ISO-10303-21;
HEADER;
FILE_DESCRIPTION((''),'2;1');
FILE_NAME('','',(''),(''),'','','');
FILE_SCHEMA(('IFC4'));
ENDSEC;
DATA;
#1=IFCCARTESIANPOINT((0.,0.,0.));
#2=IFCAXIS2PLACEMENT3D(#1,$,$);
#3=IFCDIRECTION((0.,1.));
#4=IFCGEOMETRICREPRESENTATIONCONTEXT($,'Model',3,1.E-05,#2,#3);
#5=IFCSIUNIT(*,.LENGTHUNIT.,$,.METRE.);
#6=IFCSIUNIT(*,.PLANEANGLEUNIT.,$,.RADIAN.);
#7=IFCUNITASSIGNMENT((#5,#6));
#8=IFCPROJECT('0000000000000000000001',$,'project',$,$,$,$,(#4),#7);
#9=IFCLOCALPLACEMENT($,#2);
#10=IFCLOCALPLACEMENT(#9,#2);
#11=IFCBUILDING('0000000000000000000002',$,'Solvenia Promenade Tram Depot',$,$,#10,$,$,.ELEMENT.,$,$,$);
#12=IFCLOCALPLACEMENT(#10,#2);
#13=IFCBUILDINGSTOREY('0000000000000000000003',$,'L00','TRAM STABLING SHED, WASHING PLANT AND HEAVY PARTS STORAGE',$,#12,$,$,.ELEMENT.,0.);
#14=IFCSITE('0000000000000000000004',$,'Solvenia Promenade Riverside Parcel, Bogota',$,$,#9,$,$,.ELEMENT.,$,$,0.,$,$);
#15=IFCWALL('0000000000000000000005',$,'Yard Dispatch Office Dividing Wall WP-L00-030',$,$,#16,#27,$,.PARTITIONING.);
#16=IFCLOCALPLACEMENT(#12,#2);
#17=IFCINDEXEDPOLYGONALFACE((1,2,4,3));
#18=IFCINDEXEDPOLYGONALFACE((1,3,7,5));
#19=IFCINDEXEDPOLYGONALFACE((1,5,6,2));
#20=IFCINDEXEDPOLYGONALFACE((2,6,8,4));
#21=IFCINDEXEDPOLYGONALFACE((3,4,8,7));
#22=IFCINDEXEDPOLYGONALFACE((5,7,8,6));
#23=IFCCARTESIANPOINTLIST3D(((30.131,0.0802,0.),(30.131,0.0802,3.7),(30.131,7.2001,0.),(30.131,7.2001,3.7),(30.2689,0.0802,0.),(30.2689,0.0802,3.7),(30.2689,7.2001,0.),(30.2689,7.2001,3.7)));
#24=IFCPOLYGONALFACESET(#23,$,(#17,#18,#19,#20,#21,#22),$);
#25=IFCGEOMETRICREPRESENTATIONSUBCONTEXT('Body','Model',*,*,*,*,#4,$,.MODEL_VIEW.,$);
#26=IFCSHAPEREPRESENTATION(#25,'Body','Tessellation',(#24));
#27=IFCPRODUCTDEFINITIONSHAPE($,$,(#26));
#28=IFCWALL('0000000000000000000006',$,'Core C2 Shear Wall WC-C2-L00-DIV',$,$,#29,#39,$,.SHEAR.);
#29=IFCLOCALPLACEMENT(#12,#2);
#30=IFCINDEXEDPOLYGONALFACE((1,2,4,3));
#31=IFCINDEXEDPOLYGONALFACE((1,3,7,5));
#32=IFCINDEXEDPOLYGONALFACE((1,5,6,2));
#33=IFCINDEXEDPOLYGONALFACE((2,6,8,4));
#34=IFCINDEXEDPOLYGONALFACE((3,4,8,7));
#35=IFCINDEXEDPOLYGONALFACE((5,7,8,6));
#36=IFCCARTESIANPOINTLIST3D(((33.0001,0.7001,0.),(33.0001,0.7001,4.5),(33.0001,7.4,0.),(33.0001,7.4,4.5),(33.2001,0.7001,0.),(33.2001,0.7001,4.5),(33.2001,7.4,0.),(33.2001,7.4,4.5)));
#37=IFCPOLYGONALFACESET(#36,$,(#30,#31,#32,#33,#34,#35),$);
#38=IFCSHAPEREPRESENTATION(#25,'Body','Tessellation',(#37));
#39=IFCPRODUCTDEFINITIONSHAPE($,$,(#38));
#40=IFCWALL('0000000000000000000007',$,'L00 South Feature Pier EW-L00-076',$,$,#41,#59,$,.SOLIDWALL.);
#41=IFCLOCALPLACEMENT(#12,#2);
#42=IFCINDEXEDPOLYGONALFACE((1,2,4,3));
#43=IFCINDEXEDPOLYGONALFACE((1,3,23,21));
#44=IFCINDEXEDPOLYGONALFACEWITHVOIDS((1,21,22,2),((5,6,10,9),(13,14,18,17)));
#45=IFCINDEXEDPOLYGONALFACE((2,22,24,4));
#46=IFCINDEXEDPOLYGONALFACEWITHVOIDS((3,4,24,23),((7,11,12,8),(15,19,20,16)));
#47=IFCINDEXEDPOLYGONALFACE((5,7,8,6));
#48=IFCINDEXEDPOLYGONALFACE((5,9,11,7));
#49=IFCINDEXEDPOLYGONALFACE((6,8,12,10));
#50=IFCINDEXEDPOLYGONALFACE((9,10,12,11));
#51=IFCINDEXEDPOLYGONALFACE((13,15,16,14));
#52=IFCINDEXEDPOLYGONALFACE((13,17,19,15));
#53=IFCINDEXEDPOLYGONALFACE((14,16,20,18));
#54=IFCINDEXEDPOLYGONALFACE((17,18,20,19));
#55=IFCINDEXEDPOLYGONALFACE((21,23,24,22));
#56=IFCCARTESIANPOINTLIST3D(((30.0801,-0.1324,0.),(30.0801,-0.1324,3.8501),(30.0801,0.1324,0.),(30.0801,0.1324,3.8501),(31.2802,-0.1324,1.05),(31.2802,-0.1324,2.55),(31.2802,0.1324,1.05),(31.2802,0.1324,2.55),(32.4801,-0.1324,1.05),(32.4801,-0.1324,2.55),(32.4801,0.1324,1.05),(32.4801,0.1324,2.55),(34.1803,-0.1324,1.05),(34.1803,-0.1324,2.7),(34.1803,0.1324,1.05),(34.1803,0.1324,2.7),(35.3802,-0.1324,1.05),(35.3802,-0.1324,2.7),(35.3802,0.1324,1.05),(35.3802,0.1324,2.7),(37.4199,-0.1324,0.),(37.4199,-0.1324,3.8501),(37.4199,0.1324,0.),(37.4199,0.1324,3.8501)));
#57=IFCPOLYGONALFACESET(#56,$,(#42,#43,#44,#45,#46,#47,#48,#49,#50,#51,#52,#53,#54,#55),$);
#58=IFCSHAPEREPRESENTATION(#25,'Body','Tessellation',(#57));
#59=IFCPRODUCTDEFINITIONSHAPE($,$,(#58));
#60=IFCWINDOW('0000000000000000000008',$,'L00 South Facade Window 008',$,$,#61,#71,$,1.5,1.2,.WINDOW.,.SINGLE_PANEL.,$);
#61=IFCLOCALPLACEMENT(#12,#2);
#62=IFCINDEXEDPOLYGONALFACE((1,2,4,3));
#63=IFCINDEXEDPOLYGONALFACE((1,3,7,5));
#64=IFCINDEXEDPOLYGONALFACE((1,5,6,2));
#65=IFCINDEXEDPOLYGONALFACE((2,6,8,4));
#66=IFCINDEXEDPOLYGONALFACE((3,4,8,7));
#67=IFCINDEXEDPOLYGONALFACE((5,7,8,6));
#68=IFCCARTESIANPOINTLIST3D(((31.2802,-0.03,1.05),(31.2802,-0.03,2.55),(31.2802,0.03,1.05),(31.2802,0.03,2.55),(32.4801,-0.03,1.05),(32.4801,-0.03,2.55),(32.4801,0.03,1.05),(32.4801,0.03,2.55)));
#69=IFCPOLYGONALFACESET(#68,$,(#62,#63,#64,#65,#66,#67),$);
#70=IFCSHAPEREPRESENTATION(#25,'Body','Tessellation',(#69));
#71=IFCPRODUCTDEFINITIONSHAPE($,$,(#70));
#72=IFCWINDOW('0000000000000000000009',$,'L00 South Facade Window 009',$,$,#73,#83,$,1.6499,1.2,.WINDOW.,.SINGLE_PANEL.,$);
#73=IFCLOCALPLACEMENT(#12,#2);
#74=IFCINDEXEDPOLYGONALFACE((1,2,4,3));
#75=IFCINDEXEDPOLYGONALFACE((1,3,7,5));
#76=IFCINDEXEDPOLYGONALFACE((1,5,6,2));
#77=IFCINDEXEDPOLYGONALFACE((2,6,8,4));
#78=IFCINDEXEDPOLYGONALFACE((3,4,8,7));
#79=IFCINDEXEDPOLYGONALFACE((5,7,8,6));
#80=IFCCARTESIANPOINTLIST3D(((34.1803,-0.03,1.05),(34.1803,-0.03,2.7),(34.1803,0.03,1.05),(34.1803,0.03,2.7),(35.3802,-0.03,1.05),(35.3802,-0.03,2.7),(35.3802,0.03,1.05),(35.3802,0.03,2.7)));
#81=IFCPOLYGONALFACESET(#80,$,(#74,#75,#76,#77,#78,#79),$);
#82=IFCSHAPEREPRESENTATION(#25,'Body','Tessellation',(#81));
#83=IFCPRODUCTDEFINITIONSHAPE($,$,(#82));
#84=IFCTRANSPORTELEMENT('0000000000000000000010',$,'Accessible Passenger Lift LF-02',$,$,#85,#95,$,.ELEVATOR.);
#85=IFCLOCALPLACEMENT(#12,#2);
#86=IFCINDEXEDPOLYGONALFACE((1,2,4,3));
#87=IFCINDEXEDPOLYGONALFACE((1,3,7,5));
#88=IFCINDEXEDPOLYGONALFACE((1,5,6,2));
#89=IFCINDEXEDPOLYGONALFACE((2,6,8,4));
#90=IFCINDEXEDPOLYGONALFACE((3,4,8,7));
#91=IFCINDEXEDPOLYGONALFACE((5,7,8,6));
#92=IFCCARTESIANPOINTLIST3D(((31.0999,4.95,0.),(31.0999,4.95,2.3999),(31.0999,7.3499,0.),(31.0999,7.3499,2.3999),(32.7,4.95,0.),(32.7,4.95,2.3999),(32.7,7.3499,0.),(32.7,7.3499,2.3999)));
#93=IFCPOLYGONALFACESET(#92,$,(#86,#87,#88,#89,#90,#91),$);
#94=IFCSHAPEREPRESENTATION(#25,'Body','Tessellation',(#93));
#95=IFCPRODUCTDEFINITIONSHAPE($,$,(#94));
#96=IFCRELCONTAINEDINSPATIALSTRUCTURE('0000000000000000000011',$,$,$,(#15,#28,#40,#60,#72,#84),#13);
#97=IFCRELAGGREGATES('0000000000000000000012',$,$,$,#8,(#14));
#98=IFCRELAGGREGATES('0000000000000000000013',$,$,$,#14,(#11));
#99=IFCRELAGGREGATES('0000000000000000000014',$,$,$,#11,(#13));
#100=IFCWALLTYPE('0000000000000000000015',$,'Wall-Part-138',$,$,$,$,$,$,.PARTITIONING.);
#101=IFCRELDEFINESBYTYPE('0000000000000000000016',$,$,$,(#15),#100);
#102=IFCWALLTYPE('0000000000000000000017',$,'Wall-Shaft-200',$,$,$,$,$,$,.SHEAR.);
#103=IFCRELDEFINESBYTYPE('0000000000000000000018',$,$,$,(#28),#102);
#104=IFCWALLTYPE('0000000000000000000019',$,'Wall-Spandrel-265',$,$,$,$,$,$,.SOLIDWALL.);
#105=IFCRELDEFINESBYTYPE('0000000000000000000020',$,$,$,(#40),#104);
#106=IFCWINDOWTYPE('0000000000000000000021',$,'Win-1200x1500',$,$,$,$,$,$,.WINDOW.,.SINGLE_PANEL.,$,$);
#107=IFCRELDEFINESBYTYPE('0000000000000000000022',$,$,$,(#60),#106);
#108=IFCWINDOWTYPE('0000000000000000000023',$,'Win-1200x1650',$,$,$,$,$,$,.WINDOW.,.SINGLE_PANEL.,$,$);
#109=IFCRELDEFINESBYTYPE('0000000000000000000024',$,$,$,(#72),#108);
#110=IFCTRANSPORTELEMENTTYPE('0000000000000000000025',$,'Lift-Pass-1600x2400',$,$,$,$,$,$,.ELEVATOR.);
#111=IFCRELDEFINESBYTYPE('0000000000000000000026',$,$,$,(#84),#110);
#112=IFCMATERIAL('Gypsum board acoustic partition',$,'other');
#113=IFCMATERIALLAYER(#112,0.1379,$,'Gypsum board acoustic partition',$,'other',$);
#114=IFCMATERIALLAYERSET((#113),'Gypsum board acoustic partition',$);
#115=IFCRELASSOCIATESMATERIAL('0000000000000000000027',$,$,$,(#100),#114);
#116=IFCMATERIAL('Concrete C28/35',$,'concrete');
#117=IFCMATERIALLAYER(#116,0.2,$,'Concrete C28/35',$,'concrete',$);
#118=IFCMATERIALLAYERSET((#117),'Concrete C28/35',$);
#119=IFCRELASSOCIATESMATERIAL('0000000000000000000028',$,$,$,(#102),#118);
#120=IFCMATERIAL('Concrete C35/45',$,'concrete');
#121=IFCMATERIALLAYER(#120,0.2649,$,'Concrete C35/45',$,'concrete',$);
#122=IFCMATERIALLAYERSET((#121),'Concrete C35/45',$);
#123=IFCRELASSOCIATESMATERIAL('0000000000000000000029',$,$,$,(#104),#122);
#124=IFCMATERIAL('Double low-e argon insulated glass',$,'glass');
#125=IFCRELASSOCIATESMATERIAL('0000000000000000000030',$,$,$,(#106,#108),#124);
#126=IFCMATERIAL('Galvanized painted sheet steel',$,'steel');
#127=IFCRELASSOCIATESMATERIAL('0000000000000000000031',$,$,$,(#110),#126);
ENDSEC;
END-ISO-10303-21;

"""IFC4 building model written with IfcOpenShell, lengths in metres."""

from ifc_helpers import new_model, si_unit, direction, frame, frame_2d, origin, origin_2d, place, context, subcontext, project, spatial, rectangle, extrude, material, layer, layer_set, type_object, element, fill, save


model = new_model("IFC4")

# Units and contexts
model_context = context("Model", 3, precision=1e-05, world=origin(), true_north=direction((0.0, 1.0)))
body_context = subcontext(model_context, "Body", "Model", "MODEL_VIEW")
ifc_project = project(units=[si_unit("LENGTHUNIT", "METRE"), si_unit("PLANEANGLEUNIT", "RADIAN")], contexts=[model_context])

# Site, building, storey
site_placement = place(None, origin())
site = spatial("IfcSite", under=ifc_project, at=site_placement, Name="Solvenia Promenade Riverside Parcel, Bogota", CompositionType="ELEMENT", RefElevation=0.0)
building_placement = place(site_placement, origin())
building = spatial("IfcBuilding", under=site, at=building_placement, Name="Solvenia Promenade Tram Depot", CompositionType="ELEMENT")
storey_placement = place(building_placement, origin())
storey = spatial("IfcBuildingStorey", under=building, at=storey_placement, Name="L00", Description="TRAM STABLING SHED, WASHING PLANT AND HEAVY PARTS STORAGE", CompositionType="ELEMENT", Elevation=0.0)

# Shared definitions
ifc_material_1 = material(Name="Concrete C28/35", Category="concrete")

# Shared definitions
ifc_material_2 = material(Name="Double low-e argon insulated glass", Category="glass")

# Shared definitions
ifc_material_3 = material(Name="Galvanized painted sheet steel", Category="steel")

# Walls
ifc_material_4 = material(Name="Gypsum board acoustic partition", Category="other")
ifc_layer_1 = layer(ifc_material_4, 0.1379, Name="Gypsum board acoustic partition", Category="other")
ifc_layer_set_1 = layer_set([ifc_layer_1], Name="Gypsum board acoustic partition")
wall_type_1 = type_object("IfcWallType", Name="Wall-Part-138", PredefinedType="PARTITIONING", material=ifc_layer_set_1)
wall_1_placement = place(storey_placement, frame((30.2, 0.0801, 0.0), z_axis=(0.0, 0.0, 1.0), x_axis=(0.0, 1.0, 0.0)))
element("IfcWall", 1, at=wall_1_placement, inside=storey, type_object=wall_type_1, Name="Yard Dispatch Office Dividing Wall WP-L00-030", PredefinedType="PARTITIONING", context=body_context, shape_type="SweptSolid", body=[
    extrude(rectangle(XDim=7.1199, YDim=0.1379, at=frame_2d((3.5601, 0.0))), origin(), (0.0, 0.0, 1.0), 3.7),
])
ifc_layer_2 = layer(ifc_material_1, 0.2, Name="Concrete C28/35", Category="concrete")
ifc_layer_set_2 = layer_set([ifc_layer_2], Name="Concrete C28/35")
wall_type_2 = type_object("IfcWallType", Name="Wall-Shaft-200", PredefinedType="SHEAR", material=ifc_layer_set_2)
wall_2_placement = place(storey_placement, frame((33.1001, 0.7, 0.0), z_axis=(0.0, 0.0, 1.0), x_axis=(0.0, 1.0, 0.0)))
element("IfcWall", 2, at=wall_2_placement, inside=storey, type_object=wall_type_2, Name="Core C2 Shear Wall WC-C2-L00-DIV", PredefinedType="SHEAR", context=body_context, shape_type="SweptSolid", body=[
    extrude(rectangle(XDim=6.7, YDim=0.2, at=frame_2d((3.3501, 0.0))), origin(), (0.0, 0.0, 1.0), 4.5),
])

# Wall, openings, windows
ifc_material_5 = material(Name="Concrete C35/45", Category="concrete")
ifc_layer_3 = layer(ifc_material_5, 0.2649, Name="Concrete C35/45", Category="concrete")
ifc_layer_set_3 = layer_set([ifc_layer_3], Name="Concrete C35/45")
wall_type_3 = type_object("IfcWallType", Name="Wall-Spandrel-265", PredefinedType="SOLIDWALL", material=ifc_layer_set_3)
wall_3_placement = place(storey_placement, frame((30.0801, 0.0, 0.0), z_axis=(0.0, 0.0, 1.0), x_axis=(1.0, 0.0, 0.0)))
wall_3 = element("IfcWall", 3, at=wall_3_placement, inside=storey, type_object=wall_type_3, Name="L00 South Feature Pier EW-L00-076", PredefinedType="SOLIDWALL", context=body_context, shape_type="SweptSolid", body=[
    extrude(rectangle(XDim=7.3398, YDim=0.2649, at=frame_2d((3.6699, 0.0))), origin(), (0.0, 0.0, 1.0), 3.8501),
])
opening_1_placement = place(wall_3_placement, frame((1.2, 0.0, 1.05)))
opening_1 = element("IfcOpeningElement", 4, at=opening_1_placement, cuts=wall_3, PredefinedType="OPENING", context=body_context, shape_type="SweptSolid", body=[
    extrude(rectangle(XDim=1.2, YDim=1.5, at=frame_2d((0.6001, 0.75))), frame((0.0, 0.1423, 0.0), z_axis=(0.0, -1.0, 0.0), x_axis=(1.0, 0.0, 0.0)), (0.0, 0.0, 1.0), 0.2849),
])
opening_2_placement = place(wall_3_placement, frame((4.1001, 0.0, 1.05)))
opening_2 = element("IfcOpeningElement", 5, at=opening_2_placement, cuts=wall_3, PredefinedType="OPENING", context=body_context, shape_type="SweptSolid", body=[
    extrude(rectangle(XDim=1.2, YDim=1.6499, at=frame_2d((0.6001, 0.825))), frame((0.0, 0.1423, 0.0), z_axis=(0.0, -1.0, 0.0), x_axis=(1.0, 0.0, 0.0)), (0.0, 0.0, 1.0), 0.2849),
])
window_type_1 = type_object("IfcWindowType", Name="Win-1200x1500", PartitioningType="SINGLE_PANEL", PredefinedType="WINDOW", material=ifc_material_2)
window_1_placement = place(opening_1_placement, origin())
window_1 = element("IfcWindow", 6, at=window_1_placement, inside=storey, type_object=window_type_1, Name="L00 South Facade Window 008", OverallHeight=1.5, OverallWidth=1.2, PartitioningType="SINGLE_PANEL", PredefinedType="WINDOW", context=body_context, shape_type="SweptSolid", body=[
    extrude(rectangle(XDim=1.2, YDim=1.5, at=frame_2d((0.6001, 0.75))), frame((0.0, 0.03, 0.0), z_axis=(0.0, -1.0, 0.0), x_axis=(1.0, 0.0, 0.0)), (0.0, 0.0, 1.0), 0.0601),
])
fill(opening_1, window_1)
window_type_2 = type_object("IfcWindowType", Name="Win-1200x1650", PartitioningType="SINGLE_PANEL", PredefinedType="WINDOW", material=ifc_material_2)
window_2_placement = place(opening_2_placement, origin())
window_2 = element("IfcWindow", 7, at=window_2_placement, inside=storey, type_object=window_type_2, Name="L00 South Facade Window 009", OverallHeight=1.6499, OverallWidth=1.2, PartitioningType="SINGLE_PANEL", PredefinedType="WINDOW", context=body_context, shape_type="SweptSolid", body=[
    extrude(rectangle(XDim=1.2, YDim=1.6499, at=frame_2d((0.6001, 0.825))), frame((0.0, 0.03, 0.0), z_axis=(0.0, -1.0, 0.0), x_axis=(1.0, 0.0, 0.0)), (0.0, 0.0, 1.0), 0.0601),
])
fill(opening_2, window_2)

# Transport element
transport_element_type = type_object("IfcTransportElementType", Name="Lift-Pass-1600x2400", PredefinedType="ELEVATOR", material=ifc_material_3)
transport_element_placement = place(storey_placement, frame((31.8999, 6.1499, 0.0), z_axis=(0.0, 0.0, 1.0), x_axis=(1.0, 0.0, 0.0)))
element("IfcTransportElement", 8, at=transport_element_placement, inside=storey, type_object=transport_element_type, Name="Accessible Passenger Lift LF-02", PredefinedType="ELEVATOR", context=body_context, shape_type="SweptSolid", body=[
    extrude(rectangle(XDim=1.6001, YDim=2.3999, at=origin_2d()), origin(), (0.0, 0.0, 1.0), 2.3999),
])

save(model, "model.ifc")
